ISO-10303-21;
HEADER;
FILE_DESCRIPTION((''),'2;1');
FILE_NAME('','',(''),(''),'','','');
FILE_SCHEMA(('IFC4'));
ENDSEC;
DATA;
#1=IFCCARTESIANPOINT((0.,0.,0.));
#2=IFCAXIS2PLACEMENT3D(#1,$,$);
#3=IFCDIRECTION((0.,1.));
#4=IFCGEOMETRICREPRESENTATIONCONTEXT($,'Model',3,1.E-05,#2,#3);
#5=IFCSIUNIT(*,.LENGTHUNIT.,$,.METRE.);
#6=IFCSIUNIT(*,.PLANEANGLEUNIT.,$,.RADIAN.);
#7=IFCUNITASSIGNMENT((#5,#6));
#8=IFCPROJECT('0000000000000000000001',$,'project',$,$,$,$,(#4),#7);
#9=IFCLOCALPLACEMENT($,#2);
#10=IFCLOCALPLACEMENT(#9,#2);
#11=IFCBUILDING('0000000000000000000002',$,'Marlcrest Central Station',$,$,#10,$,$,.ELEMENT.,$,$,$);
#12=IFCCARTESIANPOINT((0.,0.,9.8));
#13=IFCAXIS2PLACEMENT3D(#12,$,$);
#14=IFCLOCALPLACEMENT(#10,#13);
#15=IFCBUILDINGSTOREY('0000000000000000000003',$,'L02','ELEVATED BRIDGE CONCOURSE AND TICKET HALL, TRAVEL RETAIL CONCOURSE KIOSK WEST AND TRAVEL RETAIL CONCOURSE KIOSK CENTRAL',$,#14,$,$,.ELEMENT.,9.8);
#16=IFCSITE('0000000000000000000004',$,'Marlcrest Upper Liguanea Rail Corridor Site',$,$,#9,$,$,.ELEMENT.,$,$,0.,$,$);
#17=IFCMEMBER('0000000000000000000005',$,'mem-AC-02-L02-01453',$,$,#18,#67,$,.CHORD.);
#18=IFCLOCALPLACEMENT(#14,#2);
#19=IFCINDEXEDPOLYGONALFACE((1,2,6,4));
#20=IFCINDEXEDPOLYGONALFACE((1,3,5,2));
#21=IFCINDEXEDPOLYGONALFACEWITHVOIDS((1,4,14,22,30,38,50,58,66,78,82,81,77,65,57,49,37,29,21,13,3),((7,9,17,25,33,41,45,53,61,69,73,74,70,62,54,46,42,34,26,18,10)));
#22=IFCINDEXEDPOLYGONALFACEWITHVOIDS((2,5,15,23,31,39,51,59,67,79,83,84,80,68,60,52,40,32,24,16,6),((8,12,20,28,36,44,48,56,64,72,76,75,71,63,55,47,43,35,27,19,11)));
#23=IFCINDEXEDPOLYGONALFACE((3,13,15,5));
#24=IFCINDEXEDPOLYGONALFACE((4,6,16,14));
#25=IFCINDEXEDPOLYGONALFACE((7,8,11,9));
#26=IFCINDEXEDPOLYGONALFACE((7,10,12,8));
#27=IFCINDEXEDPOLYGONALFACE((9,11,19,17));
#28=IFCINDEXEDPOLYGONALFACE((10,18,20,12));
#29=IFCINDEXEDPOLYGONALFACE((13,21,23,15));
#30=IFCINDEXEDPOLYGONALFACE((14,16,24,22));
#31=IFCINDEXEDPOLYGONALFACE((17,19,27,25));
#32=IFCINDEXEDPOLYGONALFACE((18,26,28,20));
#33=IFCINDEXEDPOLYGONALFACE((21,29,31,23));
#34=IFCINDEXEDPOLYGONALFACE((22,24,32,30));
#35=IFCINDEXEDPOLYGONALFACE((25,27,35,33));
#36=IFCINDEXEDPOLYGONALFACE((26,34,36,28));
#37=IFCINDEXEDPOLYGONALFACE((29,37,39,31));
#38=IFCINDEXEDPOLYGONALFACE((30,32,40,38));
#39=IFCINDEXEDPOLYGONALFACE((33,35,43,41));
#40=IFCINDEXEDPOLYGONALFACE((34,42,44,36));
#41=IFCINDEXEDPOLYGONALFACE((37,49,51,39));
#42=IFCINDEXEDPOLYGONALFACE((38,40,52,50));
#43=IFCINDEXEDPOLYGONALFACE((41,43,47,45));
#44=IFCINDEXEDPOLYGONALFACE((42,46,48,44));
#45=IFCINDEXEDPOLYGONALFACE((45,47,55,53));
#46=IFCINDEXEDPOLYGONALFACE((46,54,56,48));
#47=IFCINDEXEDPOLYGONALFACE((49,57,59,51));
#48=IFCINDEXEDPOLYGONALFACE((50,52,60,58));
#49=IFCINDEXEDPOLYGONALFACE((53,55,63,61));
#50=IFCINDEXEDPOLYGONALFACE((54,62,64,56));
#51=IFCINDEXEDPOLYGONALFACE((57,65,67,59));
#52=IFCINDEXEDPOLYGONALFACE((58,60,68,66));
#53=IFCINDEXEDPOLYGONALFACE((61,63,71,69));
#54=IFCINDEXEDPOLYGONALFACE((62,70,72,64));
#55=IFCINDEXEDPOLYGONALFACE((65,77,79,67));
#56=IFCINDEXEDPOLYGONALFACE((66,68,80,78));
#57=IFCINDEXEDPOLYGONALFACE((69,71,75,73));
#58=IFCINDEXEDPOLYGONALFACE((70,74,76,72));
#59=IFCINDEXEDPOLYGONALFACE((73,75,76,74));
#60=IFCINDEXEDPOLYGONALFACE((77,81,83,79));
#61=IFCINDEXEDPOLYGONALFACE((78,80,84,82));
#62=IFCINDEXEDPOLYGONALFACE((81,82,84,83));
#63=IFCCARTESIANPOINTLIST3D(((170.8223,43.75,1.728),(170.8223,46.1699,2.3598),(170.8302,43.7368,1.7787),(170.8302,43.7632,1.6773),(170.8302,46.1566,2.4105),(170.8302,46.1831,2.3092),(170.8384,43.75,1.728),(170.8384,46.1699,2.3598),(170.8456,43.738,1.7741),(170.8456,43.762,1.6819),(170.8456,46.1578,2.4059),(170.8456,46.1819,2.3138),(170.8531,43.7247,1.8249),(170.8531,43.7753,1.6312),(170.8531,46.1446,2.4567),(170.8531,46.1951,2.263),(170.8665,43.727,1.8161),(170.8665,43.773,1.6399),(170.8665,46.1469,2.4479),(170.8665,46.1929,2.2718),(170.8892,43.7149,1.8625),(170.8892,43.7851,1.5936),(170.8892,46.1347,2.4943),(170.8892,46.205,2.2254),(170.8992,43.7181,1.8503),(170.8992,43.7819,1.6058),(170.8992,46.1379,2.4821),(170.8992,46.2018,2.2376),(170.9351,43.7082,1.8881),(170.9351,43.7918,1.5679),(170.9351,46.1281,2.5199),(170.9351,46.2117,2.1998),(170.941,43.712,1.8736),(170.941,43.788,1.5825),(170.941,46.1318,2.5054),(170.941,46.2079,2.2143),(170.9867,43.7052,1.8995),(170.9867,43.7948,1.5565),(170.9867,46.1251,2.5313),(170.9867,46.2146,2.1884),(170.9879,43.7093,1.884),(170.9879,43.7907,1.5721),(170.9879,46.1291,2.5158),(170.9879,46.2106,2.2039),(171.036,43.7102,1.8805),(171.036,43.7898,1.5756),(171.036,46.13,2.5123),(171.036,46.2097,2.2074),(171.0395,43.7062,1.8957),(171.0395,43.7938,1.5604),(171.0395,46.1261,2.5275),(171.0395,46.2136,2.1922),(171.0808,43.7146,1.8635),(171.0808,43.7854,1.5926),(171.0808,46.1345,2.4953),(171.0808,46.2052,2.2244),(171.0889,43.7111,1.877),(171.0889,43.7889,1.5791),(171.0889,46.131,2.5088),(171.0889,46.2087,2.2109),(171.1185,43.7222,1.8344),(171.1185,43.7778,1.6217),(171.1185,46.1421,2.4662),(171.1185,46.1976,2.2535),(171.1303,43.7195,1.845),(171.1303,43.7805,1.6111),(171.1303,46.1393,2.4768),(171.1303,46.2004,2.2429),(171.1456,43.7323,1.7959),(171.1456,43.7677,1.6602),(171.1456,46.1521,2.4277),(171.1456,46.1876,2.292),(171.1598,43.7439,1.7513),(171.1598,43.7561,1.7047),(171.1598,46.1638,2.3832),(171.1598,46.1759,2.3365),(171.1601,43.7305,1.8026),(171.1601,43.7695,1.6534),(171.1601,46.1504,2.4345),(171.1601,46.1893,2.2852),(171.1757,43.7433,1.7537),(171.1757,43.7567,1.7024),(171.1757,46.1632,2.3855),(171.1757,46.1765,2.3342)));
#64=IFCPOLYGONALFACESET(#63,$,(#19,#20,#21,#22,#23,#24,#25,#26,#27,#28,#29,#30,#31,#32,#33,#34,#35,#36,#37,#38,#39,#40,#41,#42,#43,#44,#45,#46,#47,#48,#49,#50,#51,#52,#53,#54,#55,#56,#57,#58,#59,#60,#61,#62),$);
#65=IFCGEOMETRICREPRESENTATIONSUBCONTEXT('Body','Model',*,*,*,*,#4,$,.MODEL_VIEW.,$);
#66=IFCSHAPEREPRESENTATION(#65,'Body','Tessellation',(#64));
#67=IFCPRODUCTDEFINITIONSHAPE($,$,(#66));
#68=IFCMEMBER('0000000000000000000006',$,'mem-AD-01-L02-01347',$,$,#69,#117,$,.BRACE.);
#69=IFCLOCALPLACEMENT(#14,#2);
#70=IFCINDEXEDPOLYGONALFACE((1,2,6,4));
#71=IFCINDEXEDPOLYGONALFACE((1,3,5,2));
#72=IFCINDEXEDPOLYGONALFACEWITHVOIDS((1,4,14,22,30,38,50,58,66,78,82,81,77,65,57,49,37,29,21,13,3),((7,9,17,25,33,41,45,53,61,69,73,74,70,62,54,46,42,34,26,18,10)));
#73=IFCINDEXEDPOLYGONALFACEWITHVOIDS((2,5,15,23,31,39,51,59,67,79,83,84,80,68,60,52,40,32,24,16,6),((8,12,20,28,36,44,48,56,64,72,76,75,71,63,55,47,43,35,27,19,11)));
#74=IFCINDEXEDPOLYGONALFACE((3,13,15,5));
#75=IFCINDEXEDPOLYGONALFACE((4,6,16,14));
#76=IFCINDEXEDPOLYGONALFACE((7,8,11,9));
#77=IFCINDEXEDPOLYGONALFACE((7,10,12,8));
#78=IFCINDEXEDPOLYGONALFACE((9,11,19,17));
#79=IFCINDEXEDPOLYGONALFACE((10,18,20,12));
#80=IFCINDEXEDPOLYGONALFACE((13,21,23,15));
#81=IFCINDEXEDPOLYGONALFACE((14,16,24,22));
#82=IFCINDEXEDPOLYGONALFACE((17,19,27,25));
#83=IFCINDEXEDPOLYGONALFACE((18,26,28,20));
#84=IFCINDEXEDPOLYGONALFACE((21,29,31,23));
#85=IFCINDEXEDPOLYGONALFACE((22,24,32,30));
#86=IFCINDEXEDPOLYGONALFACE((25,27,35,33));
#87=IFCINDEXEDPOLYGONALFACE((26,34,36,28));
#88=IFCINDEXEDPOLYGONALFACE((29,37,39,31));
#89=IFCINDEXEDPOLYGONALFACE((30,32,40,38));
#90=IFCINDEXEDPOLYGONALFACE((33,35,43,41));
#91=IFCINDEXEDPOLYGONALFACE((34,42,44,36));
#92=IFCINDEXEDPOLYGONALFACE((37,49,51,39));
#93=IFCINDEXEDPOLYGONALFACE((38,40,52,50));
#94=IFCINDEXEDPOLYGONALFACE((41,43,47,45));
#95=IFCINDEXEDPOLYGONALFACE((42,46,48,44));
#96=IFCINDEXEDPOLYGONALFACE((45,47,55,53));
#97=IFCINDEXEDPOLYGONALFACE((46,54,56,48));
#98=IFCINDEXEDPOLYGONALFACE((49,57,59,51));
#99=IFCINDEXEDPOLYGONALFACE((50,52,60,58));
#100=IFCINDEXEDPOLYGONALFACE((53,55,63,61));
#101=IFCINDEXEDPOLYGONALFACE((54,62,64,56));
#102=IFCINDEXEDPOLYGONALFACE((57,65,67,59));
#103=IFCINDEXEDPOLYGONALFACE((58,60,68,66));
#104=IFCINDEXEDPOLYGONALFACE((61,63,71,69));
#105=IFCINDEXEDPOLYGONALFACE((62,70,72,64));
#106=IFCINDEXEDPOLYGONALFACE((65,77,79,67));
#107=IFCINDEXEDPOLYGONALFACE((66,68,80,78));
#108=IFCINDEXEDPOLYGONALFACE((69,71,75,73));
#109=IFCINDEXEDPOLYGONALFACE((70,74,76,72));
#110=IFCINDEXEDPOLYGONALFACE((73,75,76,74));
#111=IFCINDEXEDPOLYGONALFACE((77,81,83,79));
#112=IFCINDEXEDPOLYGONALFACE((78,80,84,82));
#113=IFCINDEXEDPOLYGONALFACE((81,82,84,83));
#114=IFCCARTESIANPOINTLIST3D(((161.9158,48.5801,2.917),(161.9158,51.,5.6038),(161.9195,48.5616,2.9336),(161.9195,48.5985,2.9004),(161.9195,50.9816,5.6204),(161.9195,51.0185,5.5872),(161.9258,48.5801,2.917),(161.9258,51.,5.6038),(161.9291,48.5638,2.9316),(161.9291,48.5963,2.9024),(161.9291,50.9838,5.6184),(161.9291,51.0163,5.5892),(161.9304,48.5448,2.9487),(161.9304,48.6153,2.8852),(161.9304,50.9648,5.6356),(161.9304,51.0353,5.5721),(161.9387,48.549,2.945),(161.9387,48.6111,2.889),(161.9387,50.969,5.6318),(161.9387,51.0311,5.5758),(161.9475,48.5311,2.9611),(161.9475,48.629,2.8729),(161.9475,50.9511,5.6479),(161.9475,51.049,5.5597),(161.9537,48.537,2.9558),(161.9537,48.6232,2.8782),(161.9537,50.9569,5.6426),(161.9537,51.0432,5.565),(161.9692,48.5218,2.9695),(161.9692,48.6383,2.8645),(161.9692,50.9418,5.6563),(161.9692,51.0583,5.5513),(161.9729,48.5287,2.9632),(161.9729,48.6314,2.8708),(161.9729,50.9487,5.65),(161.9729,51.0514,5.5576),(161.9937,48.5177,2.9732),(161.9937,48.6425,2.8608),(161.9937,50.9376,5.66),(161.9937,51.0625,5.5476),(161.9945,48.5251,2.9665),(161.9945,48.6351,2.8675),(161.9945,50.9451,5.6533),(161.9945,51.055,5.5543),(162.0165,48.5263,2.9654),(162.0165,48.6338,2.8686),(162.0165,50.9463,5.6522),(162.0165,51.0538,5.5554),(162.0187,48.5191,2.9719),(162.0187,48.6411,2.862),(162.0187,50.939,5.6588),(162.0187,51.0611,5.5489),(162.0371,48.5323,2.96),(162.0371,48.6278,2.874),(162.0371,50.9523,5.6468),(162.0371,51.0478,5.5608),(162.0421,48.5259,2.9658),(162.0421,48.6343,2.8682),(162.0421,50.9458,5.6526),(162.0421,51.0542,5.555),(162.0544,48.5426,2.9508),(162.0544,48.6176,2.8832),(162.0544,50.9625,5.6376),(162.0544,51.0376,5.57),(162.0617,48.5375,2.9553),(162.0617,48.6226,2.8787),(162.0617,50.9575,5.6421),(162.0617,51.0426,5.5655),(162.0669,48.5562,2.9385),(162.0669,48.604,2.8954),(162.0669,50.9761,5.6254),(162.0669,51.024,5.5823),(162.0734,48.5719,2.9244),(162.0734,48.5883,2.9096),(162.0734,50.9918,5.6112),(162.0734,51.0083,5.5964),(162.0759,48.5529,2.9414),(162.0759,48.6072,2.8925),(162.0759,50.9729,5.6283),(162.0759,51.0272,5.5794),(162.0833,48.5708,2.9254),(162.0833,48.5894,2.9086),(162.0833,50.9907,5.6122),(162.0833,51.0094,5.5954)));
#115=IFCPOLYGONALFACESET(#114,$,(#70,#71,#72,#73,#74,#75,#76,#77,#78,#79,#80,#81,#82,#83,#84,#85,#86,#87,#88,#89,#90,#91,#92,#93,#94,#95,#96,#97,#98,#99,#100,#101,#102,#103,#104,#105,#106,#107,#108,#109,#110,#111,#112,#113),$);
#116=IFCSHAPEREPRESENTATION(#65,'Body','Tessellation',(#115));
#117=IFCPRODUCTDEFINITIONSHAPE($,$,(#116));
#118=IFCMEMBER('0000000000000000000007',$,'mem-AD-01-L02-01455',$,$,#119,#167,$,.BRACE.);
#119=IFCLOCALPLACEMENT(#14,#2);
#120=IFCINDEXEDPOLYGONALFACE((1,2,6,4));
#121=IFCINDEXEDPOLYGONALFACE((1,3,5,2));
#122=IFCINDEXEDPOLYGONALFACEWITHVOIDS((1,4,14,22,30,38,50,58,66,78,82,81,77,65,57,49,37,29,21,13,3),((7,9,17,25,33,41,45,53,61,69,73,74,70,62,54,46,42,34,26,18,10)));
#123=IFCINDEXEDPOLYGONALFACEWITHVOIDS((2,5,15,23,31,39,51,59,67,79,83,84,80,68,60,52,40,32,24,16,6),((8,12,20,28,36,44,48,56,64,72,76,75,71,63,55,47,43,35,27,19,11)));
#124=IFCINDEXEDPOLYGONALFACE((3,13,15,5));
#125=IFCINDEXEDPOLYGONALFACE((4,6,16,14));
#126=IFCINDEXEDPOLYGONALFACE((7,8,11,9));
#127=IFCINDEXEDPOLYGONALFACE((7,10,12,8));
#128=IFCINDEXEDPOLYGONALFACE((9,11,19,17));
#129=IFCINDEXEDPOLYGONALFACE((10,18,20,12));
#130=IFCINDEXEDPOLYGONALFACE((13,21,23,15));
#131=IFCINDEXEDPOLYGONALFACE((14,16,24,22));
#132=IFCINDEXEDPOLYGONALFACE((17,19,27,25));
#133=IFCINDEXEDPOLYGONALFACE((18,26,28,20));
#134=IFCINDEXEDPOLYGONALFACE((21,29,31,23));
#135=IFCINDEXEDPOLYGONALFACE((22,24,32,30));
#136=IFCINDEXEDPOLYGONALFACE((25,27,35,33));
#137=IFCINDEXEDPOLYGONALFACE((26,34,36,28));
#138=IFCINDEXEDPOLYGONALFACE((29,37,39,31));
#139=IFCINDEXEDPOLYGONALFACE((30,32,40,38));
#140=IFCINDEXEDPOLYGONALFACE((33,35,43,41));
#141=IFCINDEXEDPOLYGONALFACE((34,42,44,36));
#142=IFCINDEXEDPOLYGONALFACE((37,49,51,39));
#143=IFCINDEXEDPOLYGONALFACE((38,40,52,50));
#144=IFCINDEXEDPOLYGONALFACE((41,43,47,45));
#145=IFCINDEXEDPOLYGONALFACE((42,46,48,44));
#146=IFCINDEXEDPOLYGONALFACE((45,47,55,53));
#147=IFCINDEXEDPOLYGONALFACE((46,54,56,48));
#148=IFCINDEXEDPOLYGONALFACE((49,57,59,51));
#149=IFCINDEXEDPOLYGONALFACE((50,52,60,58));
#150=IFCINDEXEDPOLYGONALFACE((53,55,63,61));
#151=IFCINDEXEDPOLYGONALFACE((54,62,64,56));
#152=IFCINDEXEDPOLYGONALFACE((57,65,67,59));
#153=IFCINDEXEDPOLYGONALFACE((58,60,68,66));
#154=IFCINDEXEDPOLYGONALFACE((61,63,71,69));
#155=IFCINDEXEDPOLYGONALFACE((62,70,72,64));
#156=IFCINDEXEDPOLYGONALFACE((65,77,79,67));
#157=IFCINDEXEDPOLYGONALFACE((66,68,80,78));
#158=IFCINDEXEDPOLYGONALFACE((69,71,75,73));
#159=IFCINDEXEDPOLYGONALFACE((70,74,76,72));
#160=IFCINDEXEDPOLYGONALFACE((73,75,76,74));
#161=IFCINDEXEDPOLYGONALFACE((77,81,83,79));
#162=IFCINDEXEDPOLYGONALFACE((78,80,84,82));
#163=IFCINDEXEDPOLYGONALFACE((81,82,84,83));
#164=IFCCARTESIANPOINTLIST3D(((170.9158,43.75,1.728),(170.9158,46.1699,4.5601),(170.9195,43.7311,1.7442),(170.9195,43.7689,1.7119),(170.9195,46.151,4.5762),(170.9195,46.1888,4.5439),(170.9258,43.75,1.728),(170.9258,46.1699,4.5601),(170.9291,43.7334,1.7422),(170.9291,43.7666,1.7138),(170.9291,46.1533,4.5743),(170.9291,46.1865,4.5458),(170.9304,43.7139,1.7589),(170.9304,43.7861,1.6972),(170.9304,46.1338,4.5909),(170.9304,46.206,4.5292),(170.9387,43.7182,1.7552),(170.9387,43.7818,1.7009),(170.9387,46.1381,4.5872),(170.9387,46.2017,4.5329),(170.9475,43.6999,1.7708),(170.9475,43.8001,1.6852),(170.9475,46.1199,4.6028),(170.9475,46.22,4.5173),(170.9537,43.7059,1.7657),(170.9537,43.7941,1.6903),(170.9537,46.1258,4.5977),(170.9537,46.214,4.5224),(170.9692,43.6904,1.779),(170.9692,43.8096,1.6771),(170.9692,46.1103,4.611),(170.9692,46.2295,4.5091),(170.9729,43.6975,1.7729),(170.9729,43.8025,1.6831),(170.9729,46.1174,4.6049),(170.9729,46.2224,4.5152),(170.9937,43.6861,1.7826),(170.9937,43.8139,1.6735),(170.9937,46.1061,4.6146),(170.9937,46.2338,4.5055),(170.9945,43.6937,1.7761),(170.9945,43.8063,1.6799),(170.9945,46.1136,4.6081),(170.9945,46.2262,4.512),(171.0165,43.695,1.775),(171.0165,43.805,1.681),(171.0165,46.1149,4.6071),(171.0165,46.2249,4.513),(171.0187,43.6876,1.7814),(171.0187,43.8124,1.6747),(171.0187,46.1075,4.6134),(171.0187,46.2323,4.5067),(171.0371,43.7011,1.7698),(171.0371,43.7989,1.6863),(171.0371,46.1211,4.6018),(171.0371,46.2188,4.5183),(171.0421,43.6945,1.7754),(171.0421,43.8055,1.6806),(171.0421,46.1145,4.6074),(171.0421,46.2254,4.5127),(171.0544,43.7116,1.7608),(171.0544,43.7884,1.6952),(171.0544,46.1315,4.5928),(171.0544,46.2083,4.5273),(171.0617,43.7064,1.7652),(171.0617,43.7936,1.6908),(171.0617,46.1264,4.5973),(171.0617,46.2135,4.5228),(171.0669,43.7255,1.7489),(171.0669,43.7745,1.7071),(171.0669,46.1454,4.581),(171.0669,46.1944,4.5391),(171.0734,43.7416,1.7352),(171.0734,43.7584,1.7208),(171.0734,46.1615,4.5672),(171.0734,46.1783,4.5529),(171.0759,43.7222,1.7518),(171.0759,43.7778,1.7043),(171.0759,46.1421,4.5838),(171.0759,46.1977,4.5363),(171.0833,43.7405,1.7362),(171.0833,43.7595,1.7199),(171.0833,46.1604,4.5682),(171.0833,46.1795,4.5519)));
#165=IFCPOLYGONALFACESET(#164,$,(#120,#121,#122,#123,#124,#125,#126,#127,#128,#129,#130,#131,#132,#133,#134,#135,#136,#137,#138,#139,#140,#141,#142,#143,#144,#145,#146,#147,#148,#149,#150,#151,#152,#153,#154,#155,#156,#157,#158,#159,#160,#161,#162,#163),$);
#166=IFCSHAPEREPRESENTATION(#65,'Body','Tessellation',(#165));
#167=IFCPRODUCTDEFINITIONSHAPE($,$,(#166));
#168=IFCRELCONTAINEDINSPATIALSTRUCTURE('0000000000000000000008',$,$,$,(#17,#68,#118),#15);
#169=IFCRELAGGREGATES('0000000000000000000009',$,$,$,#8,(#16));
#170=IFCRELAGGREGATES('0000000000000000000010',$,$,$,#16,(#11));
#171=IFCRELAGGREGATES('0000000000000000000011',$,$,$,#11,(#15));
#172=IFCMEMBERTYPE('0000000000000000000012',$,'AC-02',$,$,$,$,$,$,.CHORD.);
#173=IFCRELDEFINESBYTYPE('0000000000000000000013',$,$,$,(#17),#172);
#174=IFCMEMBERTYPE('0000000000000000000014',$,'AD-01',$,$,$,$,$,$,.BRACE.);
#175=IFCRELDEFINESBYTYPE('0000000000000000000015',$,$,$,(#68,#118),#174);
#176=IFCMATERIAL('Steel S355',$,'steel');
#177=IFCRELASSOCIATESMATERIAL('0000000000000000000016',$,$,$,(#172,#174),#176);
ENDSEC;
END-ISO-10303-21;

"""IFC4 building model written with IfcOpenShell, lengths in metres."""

from ifc_helpers import new_model, si_unit, direction, frame, origin, origin_2d, place, context, subcontext, project, spatial, hollow_circle, extrude, material, material_profile, profile_set, type_object, element, save


model = new_model("IFC4")

# Units and contexts
model_context = context("Model", 3, precision=1e-05, world=origin(), true_north=direction((0.0, 1.0)))
body_context = subcontext(model_context, "Body", "Model", "MODEL_VIEW")
ifc_project = project(units=[si_unit("LENGTHUNIT", "METRE"), si_unit("PLANEANGLEUNIT", "RADIAN")], contexts=[model_context])

# Site, building, storey
site_placement = place(None, origin())
site = spatial("IfcSite", under=ifc_project, at=site_placement, Name="Marlcrest Upper Liguanea Rail Corridor Site", CompositionType="ELEMENT", RefElevation=0.0)
building_placement = place(site_placement, origin())
building = spatial("IfcBuilding", under=site, at=building_placement, Name="Marlcrest Central Station", CompositionType="ELEMENT")
storey_placement = place(building_placement, frame((0.0, 0.0, 9.8)))
storey = spatial("IfcBuildingStorey", under=building, at=storey_placement, Name="L02", Description="ELEVATED BRIDGE CONCOURSE AND TICKET HALL, TRAVEL RETAIL CONCOURSE KIOSK WEST AND TRAVEL RETAIL CONCOURSE KIOSK CENTRAL", CompositionType="ELEMENT", Elevation=9.8)

# Members
ifc_material = material(Name="Steel S355", Category="steel")
ifc_material_profile_1 = material_profile(ifc_material, hollow_circle(Radius=0.1777, WallThickness=0.0161, at=origin_2d()), Name="CHS 355.6x16")
ifc_profile_set_1 = profile_set([ifc_material_profile_1], Name="Steel S355")
member_type_1 = type_object("IfcMemberType", Name="AC-02", PredefinedType="CHORD", material=ifc_profile_set_1)
member_1_placement = place(storey_placement, frame((171.0, 43.75, 1.728), z_axis=(0.0, 0.967563, 0.252629), x_axis=(-1.0, 0.0, 0.0)))
element("IfcMember", 1, at=member_1_placement, inside=storey, type_object=member_type_1, Name="mem-AC-02-L02-01453", PredefinedType="CHORD", context=body_context, shape_type="SweptSolid", body=[
    extrude(hollow_circle(Radius=0.1777, WallThickness=0.0161, at=origin_2d()), origin(), (0.0, 0.0, 1.0), 2.501),
])
ifc_material_profile_2 = material_profile(ifc_material, hollow_circle(Radius=0.0842, WallThickness=0.01, at=origin_2d()), Name="CHS 168.3x10")
ifc_profile_set_2 = profile_set([ifc_material_profile_2], Name="Steel S355")
member_type_2 = type_object("IfcMemberType", Name="AD-01", PredefinedType="BRACE", material=ifc_profile_set_2)
member_2_placement = place(storey_placement, frame((162.0, 48.5801, 2.917), z_axis=(0.0, 0.669244, 0.743042), x_axis=(-1.0, 0.0, 0.0)))
element("IfcMember", 2, at=member_2_placement, inside=storey, type_object=member_type_2, Name="mem-AD-01-L02-01347", PredefinedType="BRACE", context=body_context, shape_type="SweptSolid", body=[
    extrude(hollow_circle(Radius=0.0842, WallThickness=0.01, at=origin_2d()), origin(), (0.0, 0.0, 1.0), 3.616),
])
member_3_placement = place(storey_placement, frame((171.0, 43.75, 1.728), z_axis=(0.0, 0.649625, 0.760255), x_axis=(-1.0, 0.0, 0.0)))
element("IfcMember", 3, at=member_3_placement, inside=storey, type_object=member_type_2, Name="mem-AD-01-L02-01455", PredefinedType="BRACE", context=body_context, shape_type="SweptSolid", body=[
    extrude(hollow_circle(Radius=0.0842, WallThickness=0.01, at=origin_2d()), origin(), (0.0, 0.0, 1.0), 3.7251),
])

save(model, "model.ifc")
